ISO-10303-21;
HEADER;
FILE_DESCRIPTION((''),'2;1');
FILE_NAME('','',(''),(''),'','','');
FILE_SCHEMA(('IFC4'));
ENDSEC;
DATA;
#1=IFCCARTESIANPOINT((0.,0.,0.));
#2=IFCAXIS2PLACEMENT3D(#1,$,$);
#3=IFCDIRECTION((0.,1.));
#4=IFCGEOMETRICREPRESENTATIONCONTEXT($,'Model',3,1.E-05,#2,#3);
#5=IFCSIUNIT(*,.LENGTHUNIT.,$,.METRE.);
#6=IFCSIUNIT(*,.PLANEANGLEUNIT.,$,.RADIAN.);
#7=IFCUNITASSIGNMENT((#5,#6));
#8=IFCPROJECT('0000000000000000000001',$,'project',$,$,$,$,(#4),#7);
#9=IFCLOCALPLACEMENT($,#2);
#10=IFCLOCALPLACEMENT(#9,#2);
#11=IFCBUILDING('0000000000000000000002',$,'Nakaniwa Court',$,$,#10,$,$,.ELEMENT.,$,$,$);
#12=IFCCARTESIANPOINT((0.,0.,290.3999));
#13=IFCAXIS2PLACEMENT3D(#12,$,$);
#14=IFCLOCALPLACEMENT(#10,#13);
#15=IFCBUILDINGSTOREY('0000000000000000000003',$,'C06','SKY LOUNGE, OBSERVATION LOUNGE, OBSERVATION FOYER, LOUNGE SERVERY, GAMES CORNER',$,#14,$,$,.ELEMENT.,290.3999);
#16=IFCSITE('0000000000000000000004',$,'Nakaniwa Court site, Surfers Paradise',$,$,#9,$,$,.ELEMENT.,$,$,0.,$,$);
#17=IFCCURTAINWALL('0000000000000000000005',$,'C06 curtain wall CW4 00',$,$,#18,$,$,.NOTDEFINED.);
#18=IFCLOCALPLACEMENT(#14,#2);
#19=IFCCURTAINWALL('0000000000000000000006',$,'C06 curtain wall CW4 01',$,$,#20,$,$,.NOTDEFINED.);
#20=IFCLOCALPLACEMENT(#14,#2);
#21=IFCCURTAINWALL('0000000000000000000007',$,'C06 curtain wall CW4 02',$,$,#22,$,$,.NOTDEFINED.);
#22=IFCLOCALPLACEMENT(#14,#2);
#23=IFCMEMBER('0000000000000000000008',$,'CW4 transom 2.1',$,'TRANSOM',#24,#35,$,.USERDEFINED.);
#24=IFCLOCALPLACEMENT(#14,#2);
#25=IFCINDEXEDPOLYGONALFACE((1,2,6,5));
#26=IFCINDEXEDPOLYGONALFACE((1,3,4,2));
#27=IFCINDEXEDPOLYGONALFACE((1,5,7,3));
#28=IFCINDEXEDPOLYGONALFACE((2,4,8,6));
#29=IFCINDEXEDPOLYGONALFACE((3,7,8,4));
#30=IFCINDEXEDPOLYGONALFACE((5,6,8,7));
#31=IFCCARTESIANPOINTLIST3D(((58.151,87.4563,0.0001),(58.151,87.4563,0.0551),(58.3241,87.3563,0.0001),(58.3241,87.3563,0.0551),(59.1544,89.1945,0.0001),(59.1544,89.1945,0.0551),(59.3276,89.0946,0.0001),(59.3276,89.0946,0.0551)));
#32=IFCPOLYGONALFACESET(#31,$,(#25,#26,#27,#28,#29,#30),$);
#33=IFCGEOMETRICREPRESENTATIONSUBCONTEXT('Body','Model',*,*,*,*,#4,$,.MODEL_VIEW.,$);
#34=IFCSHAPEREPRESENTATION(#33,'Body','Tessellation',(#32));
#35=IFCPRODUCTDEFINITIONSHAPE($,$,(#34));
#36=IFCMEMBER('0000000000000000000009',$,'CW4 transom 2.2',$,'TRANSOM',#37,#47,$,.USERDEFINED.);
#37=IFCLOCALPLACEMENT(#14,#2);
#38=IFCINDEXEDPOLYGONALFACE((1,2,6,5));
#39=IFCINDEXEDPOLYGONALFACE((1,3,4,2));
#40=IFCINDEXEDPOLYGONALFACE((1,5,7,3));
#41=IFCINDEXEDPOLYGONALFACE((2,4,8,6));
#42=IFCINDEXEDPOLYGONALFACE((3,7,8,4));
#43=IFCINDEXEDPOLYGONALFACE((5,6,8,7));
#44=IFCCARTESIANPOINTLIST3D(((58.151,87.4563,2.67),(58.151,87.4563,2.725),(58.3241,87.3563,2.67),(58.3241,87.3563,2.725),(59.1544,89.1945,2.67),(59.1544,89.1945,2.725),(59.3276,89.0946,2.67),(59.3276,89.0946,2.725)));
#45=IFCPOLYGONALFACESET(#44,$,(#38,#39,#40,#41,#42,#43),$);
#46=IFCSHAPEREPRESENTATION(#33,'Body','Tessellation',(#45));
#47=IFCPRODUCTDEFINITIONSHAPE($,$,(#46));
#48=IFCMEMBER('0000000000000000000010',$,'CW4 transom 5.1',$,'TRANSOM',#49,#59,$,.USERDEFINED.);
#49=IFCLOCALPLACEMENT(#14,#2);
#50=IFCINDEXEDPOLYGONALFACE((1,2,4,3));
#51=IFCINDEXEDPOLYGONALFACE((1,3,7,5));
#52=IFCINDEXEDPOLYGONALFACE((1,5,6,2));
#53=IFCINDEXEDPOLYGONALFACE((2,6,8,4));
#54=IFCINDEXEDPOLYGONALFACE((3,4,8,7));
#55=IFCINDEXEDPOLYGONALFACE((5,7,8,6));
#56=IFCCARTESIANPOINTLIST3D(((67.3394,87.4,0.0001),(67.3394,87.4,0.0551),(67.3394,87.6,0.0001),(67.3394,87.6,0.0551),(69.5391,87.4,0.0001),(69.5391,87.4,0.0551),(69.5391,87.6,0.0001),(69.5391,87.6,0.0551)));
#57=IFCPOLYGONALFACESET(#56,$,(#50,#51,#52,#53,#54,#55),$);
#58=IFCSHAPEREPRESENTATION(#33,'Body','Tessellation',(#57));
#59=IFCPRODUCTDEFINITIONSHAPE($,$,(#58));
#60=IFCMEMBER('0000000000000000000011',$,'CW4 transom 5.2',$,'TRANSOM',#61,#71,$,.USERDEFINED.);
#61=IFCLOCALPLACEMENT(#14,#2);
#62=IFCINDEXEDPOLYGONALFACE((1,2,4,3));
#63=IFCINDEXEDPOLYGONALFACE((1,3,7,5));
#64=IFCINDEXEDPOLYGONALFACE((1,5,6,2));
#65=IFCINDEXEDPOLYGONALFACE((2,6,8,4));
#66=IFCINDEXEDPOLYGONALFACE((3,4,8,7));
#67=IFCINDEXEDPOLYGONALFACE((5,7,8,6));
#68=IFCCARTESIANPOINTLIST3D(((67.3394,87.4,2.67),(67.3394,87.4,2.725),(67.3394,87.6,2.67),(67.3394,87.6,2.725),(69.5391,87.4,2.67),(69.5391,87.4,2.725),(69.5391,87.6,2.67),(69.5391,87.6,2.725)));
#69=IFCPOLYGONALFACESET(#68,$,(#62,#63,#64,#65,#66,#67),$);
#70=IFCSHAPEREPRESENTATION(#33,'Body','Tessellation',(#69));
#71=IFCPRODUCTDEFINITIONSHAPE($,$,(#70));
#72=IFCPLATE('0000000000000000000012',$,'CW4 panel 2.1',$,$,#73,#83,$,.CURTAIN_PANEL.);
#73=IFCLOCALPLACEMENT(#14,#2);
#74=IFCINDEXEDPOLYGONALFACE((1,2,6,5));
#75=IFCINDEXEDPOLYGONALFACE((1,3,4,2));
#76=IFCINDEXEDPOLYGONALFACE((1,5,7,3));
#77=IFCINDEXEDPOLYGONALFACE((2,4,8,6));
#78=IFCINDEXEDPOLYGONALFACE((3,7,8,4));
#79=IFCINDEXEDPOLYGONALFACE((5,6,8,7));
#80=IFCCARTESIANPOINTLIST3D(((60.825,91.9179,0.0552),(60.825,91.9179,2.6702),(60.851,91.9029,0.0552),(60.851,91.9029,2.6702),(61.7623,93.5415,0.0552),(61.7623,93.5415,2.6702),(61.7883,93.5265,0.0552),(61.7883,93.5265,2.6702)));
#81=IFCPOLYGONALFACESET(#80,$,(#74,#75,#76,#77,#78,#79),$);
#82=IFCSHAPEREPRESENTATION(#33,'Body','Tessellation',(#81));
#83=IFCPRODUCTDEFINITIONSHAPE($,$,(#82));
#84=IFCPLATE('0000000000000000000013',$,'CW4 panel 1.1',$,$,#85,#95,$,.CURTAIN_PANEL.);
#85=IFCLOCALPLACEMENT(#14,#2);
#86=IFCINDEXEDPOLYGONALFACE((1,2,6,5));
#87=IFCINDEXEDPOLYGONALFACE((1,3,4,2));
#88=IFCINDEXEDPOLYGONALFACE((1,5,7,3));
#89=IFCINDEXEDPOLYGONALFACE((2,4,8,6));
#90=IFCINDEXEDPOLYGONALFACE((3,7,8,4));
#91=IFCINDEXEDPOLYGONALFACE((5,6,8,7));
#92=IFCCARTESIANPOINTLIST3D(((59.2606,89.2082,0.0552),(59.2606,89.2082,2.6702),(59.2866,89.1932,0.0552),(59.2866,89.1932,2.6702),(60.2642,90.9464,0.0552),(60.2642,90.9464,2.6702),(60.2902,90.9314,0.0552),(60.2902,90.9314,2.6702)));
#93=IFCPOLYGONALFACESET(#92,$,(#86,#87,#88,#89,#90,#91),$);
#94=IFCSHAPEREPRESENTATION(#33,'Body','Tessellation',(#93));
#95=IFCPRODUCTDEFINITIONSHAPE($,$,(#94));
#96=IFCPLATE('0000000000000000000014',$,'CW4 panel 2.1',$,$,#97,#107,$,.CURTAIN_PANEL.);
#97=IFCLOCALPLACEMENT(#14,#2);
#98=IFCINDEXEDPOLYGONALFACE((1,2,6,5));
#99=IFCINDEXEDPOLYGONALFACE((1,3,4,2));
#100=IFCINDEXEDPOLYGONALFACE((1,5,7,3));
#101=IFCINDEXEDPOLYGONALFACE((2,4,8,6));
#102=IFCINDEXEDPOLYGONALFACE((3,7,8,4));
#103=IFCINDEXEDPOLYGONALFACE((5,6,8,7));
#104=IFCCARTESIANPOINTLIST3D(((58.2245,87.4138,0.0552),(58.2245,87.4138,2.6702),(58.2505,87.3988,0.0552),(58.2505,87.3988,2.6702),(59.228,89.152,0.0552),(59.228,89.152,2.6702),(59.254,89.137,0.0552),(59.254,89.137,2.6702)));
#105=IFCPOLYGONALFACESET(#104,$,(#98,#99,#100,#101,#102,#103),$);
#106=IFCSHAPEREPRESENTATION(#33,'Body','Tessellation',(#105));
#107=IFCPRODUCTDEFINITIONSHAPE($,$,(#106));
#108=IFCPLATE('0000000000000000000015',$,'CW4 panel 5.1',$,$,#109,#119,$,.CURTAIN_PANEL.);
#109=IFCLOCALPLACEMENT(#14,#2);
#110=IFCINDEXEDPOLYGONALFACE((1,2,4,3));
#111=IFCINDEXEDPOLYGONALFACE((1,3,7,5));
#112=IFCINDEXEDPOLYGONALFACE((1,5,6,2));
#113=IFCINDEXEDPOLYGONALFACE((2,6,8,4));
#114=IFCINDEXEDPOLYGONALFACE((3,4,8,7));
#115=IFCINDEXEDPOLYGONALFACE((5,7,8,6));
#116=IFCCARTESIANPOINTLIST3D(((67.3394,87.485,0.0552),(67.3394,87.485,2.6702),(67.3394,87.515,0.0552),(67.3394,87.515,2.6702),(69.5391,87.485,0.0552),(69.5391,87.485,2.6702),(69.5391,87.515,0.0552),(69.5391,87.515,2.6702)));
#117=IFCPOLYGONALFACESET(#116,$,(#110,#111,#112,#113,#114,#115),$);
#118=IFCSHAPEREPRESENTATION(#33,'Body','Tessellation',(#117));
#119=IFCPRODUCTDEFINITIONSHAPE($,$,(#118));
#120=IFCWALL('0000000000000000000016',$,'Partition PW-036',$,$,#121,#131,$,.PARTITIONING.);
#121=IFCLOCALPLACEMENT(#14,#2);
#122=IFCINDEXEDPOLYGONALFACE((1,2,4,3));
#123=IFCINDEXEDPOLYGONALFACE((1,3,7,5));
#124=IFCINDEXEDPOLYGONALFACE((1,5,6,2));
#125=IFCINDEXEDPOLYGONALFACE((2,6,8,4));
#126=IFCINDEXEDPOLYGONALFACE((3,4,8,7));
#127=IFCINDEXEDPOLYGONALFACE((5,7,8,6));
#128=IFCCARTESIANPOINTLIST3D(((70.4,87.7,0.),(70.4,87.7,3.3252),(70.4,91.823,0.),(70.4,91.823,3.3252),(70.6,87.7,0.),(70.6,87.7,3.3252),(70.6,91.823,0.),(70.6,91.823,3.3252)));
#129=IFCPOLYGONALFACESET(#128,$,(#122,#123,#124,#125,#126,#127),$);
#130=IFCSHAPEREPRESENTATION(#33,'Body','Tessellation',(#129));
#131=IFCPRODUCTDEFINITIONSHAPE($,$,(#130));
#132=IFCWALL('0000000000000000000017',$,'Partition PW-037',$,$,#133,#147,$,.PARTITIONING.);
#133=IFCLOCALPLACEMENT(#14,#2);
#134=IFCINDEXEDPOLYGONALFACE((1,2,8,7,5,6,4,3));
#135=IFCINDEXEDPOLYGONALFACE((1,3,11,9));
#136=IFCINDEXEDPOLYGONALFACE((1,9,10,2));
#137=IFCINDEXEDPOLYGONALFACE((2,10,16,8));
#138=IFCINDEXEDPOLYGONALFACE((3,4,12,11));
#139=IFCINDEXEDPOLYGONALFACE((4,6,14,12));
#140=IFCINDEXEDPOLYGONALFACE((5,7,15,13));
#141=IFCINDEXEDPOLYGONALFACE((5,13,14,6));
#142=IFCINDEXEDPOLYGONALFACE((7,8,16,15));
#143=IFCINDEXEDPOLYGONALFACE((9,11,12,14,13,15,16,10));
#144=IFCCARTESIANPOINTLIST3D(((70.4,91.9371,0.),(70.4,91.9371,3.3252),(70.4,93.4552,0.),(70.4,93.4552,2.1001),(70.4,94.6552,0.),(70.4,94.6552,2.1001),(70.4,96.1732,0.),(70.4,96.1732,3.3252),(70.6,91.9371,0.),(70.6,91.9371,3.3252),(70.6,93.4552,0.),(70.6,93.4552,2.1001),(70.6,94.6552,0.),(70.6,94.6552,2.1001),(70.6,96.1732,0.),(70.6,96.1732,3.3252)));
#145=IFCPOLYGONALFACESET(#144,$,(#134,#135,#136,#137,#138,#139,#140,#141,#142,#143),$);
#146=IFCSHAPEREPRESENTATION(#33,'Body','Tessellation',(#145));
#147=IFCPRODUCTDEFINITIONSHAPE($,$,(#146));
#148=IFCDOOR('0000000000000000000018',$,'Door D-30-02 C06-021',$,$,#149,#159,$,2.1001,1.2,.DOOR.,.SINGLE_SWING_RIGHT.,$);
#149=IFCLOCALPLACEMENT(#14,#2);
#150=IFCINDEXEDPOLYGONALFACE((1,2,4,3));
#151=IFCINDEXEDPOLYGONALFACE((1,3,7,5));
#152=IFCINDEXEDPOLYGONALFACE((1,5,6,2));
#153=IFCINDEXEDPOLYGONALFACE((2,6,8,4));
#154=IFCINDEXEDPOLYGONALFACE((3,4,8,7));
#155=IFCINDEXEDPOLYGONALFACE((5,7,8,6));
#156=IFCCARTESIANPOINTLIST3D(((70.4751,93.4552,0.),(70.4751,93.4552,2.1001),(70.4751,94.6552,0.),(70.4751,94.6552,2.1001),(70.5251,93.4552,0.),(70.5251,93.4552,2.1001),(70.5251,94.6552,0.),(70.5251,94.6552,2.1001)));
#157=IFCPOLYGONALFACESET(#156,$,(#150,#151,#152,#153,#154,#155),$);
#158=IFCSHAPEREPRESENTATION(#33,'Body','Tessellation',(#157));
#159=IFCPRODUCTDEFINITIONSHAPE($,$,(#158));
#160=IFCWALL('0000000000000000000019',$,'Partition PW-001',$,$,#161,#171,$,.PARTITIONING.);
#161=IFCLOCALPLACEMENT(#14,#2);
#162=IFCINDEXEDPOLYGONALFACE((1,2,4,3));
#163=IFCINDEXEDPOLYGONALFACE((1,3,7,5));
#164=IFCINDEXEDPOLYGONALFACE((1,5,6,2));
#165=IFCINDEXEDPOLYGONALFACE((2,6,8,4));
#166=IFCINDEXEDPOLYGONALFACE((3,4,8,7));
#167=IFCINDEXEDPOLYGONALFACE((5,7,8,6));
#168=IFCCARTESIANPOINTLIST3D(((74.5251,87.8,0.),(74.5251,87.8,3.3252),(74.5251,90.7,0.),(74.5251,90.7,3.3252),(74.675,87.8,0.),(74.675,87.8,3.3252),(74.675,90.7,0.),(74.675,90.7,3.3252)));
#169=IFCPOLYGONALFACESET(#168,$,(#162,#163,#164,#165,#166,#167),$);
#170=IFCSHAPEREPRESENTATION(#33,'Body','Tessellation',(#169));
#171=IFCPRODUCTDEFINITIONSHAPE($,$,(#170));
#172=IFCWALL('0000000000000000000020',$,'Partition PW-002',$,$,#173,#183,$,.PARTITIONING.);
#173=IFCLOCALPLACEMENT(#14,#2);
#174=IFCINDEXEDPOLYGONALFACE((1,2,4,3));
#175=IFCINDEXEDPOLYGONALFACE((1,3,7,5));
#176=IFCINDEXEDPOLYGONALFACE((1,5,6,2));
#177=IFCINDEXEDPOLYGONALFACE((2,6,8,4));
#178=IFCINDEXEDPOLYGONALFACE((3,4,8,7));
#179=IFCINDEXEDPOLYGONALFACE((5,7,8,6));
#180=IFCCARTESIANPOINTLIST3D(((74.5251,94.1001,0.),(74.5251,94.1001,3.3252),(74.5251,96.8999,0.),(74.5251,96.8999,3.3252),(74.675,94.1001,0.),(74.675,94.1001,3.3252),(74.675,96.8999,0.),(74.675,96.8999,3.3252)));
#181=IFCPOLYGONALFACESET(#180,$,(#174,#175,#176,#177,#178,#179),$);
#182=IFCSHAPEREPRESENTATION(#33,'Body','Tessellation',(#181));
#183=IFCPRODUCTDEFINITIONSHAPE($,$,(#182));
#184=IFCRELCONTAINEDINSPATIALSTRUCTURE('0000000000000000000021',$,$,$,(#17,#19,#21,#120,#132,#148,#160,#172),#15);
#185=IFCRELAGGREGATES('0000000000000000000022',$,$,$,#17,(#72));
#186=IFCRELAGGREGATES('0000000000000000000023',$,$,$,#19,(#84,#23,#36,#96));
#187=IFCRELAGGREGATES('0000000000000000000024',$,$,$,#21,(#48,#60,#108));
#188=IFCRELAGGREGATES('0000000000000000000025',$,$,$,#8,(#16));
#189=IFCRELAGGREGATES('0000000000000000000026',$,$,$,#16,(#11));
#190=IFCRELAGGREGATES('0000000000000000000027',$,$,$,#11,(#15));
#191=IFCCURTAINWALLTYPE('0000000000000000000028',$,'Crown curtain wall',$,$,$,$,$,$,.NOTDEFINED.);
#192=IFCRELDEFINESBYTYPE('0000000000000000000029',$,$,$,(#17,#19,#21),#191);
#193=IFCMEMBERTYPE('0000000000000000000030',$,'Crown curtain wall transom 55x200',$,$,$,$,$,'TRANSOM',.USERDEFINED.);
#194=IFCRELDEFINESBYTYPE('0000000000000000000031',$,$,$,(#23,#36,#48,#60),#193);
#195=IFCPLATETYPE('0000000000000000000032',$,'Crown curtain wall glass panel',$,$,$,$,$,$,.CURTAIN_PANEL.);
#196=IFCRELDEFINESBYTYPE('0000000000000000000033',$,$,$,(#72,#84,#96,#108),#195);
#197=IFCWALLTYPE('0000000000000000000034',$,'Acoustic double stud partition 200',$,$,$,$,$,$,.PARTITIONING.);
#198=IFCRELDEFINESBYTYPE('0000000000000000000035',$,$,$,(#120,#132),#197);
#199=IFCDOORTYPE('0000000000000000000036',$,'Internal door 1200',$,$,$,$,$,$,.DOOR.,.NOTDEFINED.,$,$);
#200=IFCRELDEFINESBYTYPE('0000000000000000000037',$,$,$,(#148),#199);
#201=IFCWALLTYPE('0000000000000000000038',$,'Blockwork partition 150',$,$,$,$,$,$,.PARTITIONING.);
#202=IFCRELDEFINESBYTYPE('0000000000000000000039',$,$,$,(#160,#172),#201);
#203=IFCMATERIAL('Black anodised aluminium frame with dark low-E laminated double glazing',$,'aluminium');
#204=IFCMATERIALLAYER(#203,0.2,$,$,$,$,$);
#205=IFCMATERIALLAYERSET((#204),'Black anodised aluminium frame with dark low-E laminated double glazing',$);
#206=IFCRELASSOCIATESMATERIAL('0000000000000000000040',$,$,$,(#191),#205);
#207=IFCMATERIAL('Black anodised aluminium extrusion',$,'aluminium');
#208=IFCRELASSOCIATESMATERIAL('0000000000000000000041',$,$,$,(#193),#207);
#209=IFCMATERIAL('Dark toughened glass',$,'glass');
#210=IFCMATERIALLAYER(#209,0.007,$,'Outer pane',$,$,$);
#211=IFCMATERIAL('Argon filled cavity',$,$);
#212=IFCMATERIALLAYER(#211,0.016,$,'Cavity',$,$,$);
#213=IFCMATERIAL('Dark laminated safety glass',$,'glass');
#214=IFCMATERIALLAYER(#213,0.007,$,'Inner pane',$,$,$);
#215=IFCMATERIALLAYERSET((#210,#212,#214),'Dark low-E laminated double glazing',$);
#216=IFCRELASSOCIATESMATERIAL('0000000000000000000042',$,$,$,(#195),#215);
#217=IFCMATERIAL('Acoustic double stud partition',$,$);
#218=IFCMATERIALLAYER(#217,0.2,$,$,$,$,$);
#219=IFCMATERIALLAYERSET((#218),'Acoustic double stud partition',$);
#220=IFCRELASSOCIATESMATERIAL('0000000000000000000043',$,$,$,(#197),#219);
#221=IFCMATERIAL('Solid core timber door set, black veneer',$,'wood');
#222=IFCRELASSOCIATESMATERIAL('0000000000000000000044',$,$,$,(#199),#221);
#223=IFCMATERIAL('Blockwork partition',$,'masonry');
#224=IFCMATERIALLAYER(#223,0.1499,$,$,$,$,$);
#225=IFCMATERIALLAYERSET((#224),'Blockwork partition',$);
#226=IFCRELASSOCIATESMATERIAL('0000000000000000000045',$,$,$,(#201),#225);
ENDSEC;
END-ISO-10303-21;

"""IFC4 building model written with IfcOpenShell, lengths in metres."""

from ifc_helpers import new_model, si_unit, direction, frame, frame_2d, origin, origin_2d, place, context, subcontext, project, spatial, rectangle, extrude, material, layer, layer_set, material_profile, profile_set, type_object, element, fill, aggregate, save


model = new_model("IFC4")

# Units and contexts
model_context = context("Model", 3, precision=1e-05, world=origin(), true_north=direction((0.0, 1.0)))
body_context = subcontext(model_context, "Body", "Model", "MODEL_VIEW")
ifc_project = project(units=[si_unit("LENGTHUNIT", "METRE"), si_unit("PLANEANGLEUNIT", "RADIAN")], contexts=[model_context])

# Site, building, storey
site_placement = place(None, origin())
site = spatial("IfcSite", under=ifc_project, at=site_placement, Name="Nakaniwa Court site, Surfers Paradise", CompositionType="ELEMENT", RefElevation=0.0)
building_placement = place(site_placement, origin())
building = spatial("IfcBuilding", under=site, at=building_placement, Name="Nakaniwa Court", CompositionType="ELEMENT")
storey_placement = place(building_placement, frame((0.0, 0.0, 290.3999)))
storey = spatial("IfcBuildingStorey", under=building, at=storey_placement, Name="C06", Description="SKY LOUNGE, OBSERVATION LOUNGE, OBSERVATION FOYER, LOUNGE SERVERY, GAMES CORNER", CompositionType="ELEMENT", Elevation=290.3999)

# Curtain walls
ifc_material_1 = material(Name="Black anodised aluminium frame with dark low-E laminated double glazing", Category="aluminium")
ifc_layer_1 = layer(ifc_material_1, 0.2)
ifc_layer_set_1 = layer_set([ifc_layer_1], Name="Black anodised aluminium frame with dark low-E laminated double glazing")
curtain_wall_type = type_object("IfcCurtainWallType", Name="Crown curtain wall", PredefinedType="NOTDEFINED", material=ifc_layer_set_1)
curtain_wall_1_placement = place(storey_placement, origin())
curtain_wall_1 = element("IfcCurtainWall", 1, at=curtain_wall_1_placement, inside=storey, type_object=curtain_wall_type, Name="C06 curtain wall CW4 00", PredefinedType="NOTDEFINED")
ifc_material_2 = material(Name="Black anodised aluminium extrusion", Category="aluminium")
curtain_wall_2_placement = place(storey_placement, origin())
curtain_wall_2 = element("IfcCurtainWall", 2, at=curtain_wall_2_placement, inside=storey, type_object=curtain_wall_type, Name="C06 curtain wall CW4 01", PredefinedType="NOTDEFINED")
curtain_wall_3_placement = place(storey_placement, origin())
curtain_wall_3 = element("IfcCurtainWall", 3, at=curtain_wall_3_placement, inside=storey, type_object=curtain_wall_type, Name="C06 curtain wall CW4 02", PredefinedType="NOTDEFINED")

# Members
ifc_material_profile_1 = material_profile(ifc_material_2, rectangle(XDim=0.2, YDim=0.0549, at=origin_2d()), Name="Crown curtain wall transom 55x200")
ifc_profile_set_1 = profile_set([ifc_material_profile_1], Name="Black anodised aluminium extrusion")
member_type_1 = type_object("IfcMemberType", Name="Crown curtain wall transom 55x200", ElementType="TRANSOM", PredefinedType="USERDEFINED", material=ifc_profile_set_1)
member_1_placement = place(storey_placement, frame((59.241, 89.1445, 0.0276), z_axis=(-0.499933, -0.866064, 0.0), x_axis=(0.866064, -0.499933, 0.0)))
member_1 = element("IfcMember", 4, at=member_1_placement, type_object=member_type_1, Name="CW4 transom 2.1", ObjectType="TRANSOM", PredefinedType="USERDEFINED", context=body_context, shape_type="SweptSolid", body=[
    extrude(rectangle(XDim=0.2, YDim=0.0549, at=origin_2d()), origin(), (0.0, 0.0, 1.0), 2.0071),
])
member_2_placement = place(storey_placement, frame((59.241, 89.1445, 2.6975), z_axis=(-0.499933, -0.866064, 0.0), x_axis=(0.866064, -0.499933, 0.0)))
member_2 = element("IfcMember", 5, at=member_2_placement, type_object=member_type_1, Name="CW4 transom 2.2", ObjectType="TRANSOM", PredefinedType="USERDEFINED", context=body_context, shape_type="SweptSolid", body=[
    extrude(rectangle(XDim=0.2, YDim=0.0549, at=origin_2d()), origin(), (0.0, 0.0, 1.0), 2.0071),
])
member_3_placement = place(storey_placement, frame((67.3394, 87.5, 0.0276), z_axis=(1.0, 0.0, 0.0), x_axis=(0.0, 1.0, 0.0)))
member_3 = element("IfcMember", 6, at=member_3_placement, type_object=member_type_1, Name="CW4 transom 5.1", ObjectType="TRANSOM", PredefinedType="USERDEFINED", context=body_context, shape_type="SweptSolid", body=[
    extrude(rectangle(XDim=0.2, YDim=0.0549, at=origin_2d()), origin(), (0.0, 0.0, 1.0), 2.1997),
])
member_4_placement = place(storey_placement, frame((67.3394, 87.5, 2.6975), z_axis=(1.0, 0.0, 0.0), x_axis=(0.0, 1.0, 0.0)))
member_4 = element("IfcMember", 7, at=member_4_placement, type_object=member_type_1, Name="CW4 transom 5.2", ObjectType="TRANSOM", PredefinedType="USERDEFINED", context=body_context, shape_type="SweptSolid", body=[
    extrude(rectangle(XDim=0.2, YDim=0.0549, at=origin_2d()), origin(), (0.0, 0.0, 1.0), 2.1997),
])

# Plates
ifc_material_3 = material(Name="Dark toughened glass", Category="glass")
ifc_layer_2 = layer(ifc_material_3, 0.007, Name="Outer pane")
ifc_material_4 = material(Name="Argon filled cavity")
ifc_layer_3 = layer(ifc_material_4, 0.016, Name="Cavity")
ifc_material_5 = material(Name="Dark laminated safety glass", Category="glass")
ifc_layer_4 = layer(ifc_material_5, 0.007, Name="Inner pane")
ifc_layer_set_2 = layer_set([ifc_layer_2, ifc_layer_3, ifc_layer_4], Name="Dark low-E laminated double glazing")
plate_type = type_object("IfcPlateType", Name="Crown curtain wall glass panel", PredefinedType="CURTAIN_PANEL", material=ifc_layer_set_2)
plate_1_placement = place(storey_placement, frame((61.3066, 92.7222, 0.0552), z_axis=(0.0, 0.0, 1.0), x_axis=(-0.499987, -0.866033, 0.0)))
plate_1 = element("IfcPlate", 8, at=plate_1_placement, type_object=plate_type, Name="CW4 panel 2.1", PredefinedType="CURTAIN_PANEL", context=body_context, shape_type="SweptSolid", body=[
    extrude(rectangle(XDim=1.8748, YDim=0.03, at=origin_2d()), origin(), (0.0, 0.0, 1.0), 2.615),
])
aggregate(curtain_wall_1, [plate_1])
plate_2_placement = place(storey_placement, frame((59.7754, 90.0698, 0.0552), z_axis=(0.0, 0.0, 1.0), x_axis=(-0.500008, -0.866021, 0.0)))
plate_2 = element("IfcPlate", 9, at=plate_2_placement, type_object=plate_type, Name="CW4 panel 1.1", PredefinedType="CURTAIN_PANEL", context=body_context, shape_type="SweptSolid", body=[
    extrude(rectangle(XDim=2.0071, YDim=0.03, at=origin_2d()), origin(), (0.0, 0.0, 1.0), 2.615),
])
plate_3_placement = place(storey_placement, frame((58.7393, 88.2754, 0.0552), z_axis=(0.0, 0.0, 1.0), x_axis=(-0.500008, -0.866021, 0.0)))
plate_3 = element("IfcPlate", 10, at=plate_3_placement, type_object=plate_type, Name="CW4 panel 2.1", PredefinedType="CURTAIN_PANEL", context=body_context, shape_type="SweptSolid", body=[
    extrude(rectangle(XDim=2.0071, YDim=0.03, at=origin_2d()), origin(), (0.0, 0.0, 1.0), 2.615),
])
aggregate(curtain_wall_2, [plate_2, member_1, member_2, plate_3])
plate_4_placement = place(storey_placement, frame((68.4392, 87.5, 0.0552), z_axis=(0.0, 0.0, 1.0), x_axis=(1.0, 0.0, 0.0)))
plate_4 = element("IfcPlate", 11, at=plate_4_placement, type_object=plate_type, Name="CW4 panel 5.1", PredefinedType="CURTAIN_PANEL", context=body_context, shape_type="SweptSolid", body=[
    extrude(rectangle(XDim=2.1997, YDim=0.03, at=origin_2d()), origin(), (0.0, 0.0, 1.0), 2.615),
])
aggregate(curtain_wall_3, [member_3, member_4, plate_4])

# Wall
ifc_material_6 = material(Name="Acoustic double stud partition")
ifc_layer_5 = layer(ifc_material_6, 0.2)
ifc_layer_set_3 = layer_set([ifc_layer_5], Name="Acoustic double stud partition")
wall_type_1 = type_object("IfcWallType", Name="Acoustic double stud partition 200", PredefinedType="PARTITIONING", material=ifc_layer_set_3)
wall_1_placement = place(storey_placement, frame((70.5, 87.7, 0.0), z_axis=(0.0, 0.0, 1.0), x_axis=(0.0, 1.0, 0.0)))
element("IfcWall", 12, at=wall_1_placement, inside=storey, type_object=wall_type_1, Name="Partition PW-036", PredefinedType="PARTITIONING", context=body_context, shape_type="SweptSolid", body=[
    extrude(rectangle(XDim=4.123, YDim=0.2, at=frame_2d((2.0615, 0.0))), origin(), (0.0, 0.0, 1.0), 3.3252),
])

# Wall, opening, door
wall_2_placement = place(storey_placement, frame((70.5, 91.937, 0.0), z_axis=(0.0, 0.0, 1.0), x_axis=(0.0, 1.0, 0.0)))
wall_2 = element("IfcWall", 13, at=wall_2_placement, inside=storey, type_object=wall_type_1, Name="Partition PW-037", PredefinedType="PARTITIONING", context=body_context, shape_type="SweptSolid", body=[
    extrude(rectangle(XDim=4.2361, YDim=0.2, at=frame_2d((2.1182, 0.0))), origin(), (0.0, 0.0, 1.0), 3.3252),
])
opening_1_placement = place(wall_2_placement, frame((1.5181, 0.0, 0.0)))
opening_1 = element("IfcOpeningElement", 14, at=opening_1_placement, cuts=wall_2, PredefinedType="OPENING", context=body_context, shape_type="SweptSolid", body=[
    extrude(rectangle(XDim=1.2, YDim=2.1001, at=frame_2d((0.6001, 1.05))), frame((0.0, 0.1099, 0.0), z_axis=(0.0, -1.0, 0.0), x_axis=(1.0, 0.0, 0.0)), (0.0, 0.0, 1.0), 0.22),
])
ifc_material_7 = material(Name="Solid core timber door set, black veneer", Category="wood")
door_type_1 = type_object("IfcDoorType", Name="Internal door 1200", OperationType="NOTDEFINED", PredefinedType="DOOR", material=ifc_material_7)
door_1_placement = place(opening_1_placement, origin())
door_1 = element("IfcDoor", 15, at=door_1_placement, inside=storey, type_object=door_type_1, Name="Door D-30-02 C06-021", OperationType="SINGLE_SWING_RIGHT", OverallHeight=2.1001, OverallWidth=1.2, PredefinedType="DOOR", context=body_context, shape_type="SweptSolid", body=[
    extrude(rectangle(XDim=1.2, YDim=2.1001, at=frame_2d((0.6001, 1.05))), frame((0.0, 0.0249, 0.0), z_axis=(0.0, -1.0, 0.0), x_axis=(1.0, 0.0, 0.0)), (0.0, 0.0, 1.0), 0.05),
])
fill(opening_1, door_1)

# Walls
ifc_material_8 = material(Name="Blockwork partition", Category="masonry")
ifc_layer_6 = layer(ifc_material_8, 0.1499)
ifc_layer_set_4 = layer_set([ifc_layer_6], Name="Blockwork partition")
wall_type_2 = type_object("IfcWallType", Name="Blockwork partition 150", PredefinedType="PARTITIONING", material=ifc_layer_set_4)
wall_3_placement = place(storey_placement, frame((74.6001, 87.8, 0.0), z_axis=(0.0, 0.0, 1.0), x_axis=(0.0, 1.0, 0.0)))
element("IfcWall", 16, at=wall_3_placement, inside=storey, type_object=wall_type_2, Name="Partition PW-001", PredefinedType="PARTITIONING", context=body_context, shape_type="SweptSolid", body=[
    extrude(rectangle(XDim=2.8999, YDim=0.1499, at=frame_2d((1.45, 0.0))), origin(), (0.0, 0.0, 1.0), 3.3252),
])
wall_4_placement = place(storey_placement, frame((74.6001, 94.1001, 0.0), z_axis=(0.0, 0.0, 1.0), x_axis=(0.0, 1.0, 0.0)))
element("IfcWall", 17, at=wall_4_placement, inside=storey, type_object=wall_type_2, Name="Partition PW-002", PredefinedType="PARTITIONING", context=body_context, shape_type="SweptSolid", body=[
    extrude(rectangle(XDim=2.7998, YDim=0.1499, at=frame_2d((1.3999, 0.0))), origin(), (0.0, 0.0, 1.0), 3.3252),
])

save(model, "model.ifc")
